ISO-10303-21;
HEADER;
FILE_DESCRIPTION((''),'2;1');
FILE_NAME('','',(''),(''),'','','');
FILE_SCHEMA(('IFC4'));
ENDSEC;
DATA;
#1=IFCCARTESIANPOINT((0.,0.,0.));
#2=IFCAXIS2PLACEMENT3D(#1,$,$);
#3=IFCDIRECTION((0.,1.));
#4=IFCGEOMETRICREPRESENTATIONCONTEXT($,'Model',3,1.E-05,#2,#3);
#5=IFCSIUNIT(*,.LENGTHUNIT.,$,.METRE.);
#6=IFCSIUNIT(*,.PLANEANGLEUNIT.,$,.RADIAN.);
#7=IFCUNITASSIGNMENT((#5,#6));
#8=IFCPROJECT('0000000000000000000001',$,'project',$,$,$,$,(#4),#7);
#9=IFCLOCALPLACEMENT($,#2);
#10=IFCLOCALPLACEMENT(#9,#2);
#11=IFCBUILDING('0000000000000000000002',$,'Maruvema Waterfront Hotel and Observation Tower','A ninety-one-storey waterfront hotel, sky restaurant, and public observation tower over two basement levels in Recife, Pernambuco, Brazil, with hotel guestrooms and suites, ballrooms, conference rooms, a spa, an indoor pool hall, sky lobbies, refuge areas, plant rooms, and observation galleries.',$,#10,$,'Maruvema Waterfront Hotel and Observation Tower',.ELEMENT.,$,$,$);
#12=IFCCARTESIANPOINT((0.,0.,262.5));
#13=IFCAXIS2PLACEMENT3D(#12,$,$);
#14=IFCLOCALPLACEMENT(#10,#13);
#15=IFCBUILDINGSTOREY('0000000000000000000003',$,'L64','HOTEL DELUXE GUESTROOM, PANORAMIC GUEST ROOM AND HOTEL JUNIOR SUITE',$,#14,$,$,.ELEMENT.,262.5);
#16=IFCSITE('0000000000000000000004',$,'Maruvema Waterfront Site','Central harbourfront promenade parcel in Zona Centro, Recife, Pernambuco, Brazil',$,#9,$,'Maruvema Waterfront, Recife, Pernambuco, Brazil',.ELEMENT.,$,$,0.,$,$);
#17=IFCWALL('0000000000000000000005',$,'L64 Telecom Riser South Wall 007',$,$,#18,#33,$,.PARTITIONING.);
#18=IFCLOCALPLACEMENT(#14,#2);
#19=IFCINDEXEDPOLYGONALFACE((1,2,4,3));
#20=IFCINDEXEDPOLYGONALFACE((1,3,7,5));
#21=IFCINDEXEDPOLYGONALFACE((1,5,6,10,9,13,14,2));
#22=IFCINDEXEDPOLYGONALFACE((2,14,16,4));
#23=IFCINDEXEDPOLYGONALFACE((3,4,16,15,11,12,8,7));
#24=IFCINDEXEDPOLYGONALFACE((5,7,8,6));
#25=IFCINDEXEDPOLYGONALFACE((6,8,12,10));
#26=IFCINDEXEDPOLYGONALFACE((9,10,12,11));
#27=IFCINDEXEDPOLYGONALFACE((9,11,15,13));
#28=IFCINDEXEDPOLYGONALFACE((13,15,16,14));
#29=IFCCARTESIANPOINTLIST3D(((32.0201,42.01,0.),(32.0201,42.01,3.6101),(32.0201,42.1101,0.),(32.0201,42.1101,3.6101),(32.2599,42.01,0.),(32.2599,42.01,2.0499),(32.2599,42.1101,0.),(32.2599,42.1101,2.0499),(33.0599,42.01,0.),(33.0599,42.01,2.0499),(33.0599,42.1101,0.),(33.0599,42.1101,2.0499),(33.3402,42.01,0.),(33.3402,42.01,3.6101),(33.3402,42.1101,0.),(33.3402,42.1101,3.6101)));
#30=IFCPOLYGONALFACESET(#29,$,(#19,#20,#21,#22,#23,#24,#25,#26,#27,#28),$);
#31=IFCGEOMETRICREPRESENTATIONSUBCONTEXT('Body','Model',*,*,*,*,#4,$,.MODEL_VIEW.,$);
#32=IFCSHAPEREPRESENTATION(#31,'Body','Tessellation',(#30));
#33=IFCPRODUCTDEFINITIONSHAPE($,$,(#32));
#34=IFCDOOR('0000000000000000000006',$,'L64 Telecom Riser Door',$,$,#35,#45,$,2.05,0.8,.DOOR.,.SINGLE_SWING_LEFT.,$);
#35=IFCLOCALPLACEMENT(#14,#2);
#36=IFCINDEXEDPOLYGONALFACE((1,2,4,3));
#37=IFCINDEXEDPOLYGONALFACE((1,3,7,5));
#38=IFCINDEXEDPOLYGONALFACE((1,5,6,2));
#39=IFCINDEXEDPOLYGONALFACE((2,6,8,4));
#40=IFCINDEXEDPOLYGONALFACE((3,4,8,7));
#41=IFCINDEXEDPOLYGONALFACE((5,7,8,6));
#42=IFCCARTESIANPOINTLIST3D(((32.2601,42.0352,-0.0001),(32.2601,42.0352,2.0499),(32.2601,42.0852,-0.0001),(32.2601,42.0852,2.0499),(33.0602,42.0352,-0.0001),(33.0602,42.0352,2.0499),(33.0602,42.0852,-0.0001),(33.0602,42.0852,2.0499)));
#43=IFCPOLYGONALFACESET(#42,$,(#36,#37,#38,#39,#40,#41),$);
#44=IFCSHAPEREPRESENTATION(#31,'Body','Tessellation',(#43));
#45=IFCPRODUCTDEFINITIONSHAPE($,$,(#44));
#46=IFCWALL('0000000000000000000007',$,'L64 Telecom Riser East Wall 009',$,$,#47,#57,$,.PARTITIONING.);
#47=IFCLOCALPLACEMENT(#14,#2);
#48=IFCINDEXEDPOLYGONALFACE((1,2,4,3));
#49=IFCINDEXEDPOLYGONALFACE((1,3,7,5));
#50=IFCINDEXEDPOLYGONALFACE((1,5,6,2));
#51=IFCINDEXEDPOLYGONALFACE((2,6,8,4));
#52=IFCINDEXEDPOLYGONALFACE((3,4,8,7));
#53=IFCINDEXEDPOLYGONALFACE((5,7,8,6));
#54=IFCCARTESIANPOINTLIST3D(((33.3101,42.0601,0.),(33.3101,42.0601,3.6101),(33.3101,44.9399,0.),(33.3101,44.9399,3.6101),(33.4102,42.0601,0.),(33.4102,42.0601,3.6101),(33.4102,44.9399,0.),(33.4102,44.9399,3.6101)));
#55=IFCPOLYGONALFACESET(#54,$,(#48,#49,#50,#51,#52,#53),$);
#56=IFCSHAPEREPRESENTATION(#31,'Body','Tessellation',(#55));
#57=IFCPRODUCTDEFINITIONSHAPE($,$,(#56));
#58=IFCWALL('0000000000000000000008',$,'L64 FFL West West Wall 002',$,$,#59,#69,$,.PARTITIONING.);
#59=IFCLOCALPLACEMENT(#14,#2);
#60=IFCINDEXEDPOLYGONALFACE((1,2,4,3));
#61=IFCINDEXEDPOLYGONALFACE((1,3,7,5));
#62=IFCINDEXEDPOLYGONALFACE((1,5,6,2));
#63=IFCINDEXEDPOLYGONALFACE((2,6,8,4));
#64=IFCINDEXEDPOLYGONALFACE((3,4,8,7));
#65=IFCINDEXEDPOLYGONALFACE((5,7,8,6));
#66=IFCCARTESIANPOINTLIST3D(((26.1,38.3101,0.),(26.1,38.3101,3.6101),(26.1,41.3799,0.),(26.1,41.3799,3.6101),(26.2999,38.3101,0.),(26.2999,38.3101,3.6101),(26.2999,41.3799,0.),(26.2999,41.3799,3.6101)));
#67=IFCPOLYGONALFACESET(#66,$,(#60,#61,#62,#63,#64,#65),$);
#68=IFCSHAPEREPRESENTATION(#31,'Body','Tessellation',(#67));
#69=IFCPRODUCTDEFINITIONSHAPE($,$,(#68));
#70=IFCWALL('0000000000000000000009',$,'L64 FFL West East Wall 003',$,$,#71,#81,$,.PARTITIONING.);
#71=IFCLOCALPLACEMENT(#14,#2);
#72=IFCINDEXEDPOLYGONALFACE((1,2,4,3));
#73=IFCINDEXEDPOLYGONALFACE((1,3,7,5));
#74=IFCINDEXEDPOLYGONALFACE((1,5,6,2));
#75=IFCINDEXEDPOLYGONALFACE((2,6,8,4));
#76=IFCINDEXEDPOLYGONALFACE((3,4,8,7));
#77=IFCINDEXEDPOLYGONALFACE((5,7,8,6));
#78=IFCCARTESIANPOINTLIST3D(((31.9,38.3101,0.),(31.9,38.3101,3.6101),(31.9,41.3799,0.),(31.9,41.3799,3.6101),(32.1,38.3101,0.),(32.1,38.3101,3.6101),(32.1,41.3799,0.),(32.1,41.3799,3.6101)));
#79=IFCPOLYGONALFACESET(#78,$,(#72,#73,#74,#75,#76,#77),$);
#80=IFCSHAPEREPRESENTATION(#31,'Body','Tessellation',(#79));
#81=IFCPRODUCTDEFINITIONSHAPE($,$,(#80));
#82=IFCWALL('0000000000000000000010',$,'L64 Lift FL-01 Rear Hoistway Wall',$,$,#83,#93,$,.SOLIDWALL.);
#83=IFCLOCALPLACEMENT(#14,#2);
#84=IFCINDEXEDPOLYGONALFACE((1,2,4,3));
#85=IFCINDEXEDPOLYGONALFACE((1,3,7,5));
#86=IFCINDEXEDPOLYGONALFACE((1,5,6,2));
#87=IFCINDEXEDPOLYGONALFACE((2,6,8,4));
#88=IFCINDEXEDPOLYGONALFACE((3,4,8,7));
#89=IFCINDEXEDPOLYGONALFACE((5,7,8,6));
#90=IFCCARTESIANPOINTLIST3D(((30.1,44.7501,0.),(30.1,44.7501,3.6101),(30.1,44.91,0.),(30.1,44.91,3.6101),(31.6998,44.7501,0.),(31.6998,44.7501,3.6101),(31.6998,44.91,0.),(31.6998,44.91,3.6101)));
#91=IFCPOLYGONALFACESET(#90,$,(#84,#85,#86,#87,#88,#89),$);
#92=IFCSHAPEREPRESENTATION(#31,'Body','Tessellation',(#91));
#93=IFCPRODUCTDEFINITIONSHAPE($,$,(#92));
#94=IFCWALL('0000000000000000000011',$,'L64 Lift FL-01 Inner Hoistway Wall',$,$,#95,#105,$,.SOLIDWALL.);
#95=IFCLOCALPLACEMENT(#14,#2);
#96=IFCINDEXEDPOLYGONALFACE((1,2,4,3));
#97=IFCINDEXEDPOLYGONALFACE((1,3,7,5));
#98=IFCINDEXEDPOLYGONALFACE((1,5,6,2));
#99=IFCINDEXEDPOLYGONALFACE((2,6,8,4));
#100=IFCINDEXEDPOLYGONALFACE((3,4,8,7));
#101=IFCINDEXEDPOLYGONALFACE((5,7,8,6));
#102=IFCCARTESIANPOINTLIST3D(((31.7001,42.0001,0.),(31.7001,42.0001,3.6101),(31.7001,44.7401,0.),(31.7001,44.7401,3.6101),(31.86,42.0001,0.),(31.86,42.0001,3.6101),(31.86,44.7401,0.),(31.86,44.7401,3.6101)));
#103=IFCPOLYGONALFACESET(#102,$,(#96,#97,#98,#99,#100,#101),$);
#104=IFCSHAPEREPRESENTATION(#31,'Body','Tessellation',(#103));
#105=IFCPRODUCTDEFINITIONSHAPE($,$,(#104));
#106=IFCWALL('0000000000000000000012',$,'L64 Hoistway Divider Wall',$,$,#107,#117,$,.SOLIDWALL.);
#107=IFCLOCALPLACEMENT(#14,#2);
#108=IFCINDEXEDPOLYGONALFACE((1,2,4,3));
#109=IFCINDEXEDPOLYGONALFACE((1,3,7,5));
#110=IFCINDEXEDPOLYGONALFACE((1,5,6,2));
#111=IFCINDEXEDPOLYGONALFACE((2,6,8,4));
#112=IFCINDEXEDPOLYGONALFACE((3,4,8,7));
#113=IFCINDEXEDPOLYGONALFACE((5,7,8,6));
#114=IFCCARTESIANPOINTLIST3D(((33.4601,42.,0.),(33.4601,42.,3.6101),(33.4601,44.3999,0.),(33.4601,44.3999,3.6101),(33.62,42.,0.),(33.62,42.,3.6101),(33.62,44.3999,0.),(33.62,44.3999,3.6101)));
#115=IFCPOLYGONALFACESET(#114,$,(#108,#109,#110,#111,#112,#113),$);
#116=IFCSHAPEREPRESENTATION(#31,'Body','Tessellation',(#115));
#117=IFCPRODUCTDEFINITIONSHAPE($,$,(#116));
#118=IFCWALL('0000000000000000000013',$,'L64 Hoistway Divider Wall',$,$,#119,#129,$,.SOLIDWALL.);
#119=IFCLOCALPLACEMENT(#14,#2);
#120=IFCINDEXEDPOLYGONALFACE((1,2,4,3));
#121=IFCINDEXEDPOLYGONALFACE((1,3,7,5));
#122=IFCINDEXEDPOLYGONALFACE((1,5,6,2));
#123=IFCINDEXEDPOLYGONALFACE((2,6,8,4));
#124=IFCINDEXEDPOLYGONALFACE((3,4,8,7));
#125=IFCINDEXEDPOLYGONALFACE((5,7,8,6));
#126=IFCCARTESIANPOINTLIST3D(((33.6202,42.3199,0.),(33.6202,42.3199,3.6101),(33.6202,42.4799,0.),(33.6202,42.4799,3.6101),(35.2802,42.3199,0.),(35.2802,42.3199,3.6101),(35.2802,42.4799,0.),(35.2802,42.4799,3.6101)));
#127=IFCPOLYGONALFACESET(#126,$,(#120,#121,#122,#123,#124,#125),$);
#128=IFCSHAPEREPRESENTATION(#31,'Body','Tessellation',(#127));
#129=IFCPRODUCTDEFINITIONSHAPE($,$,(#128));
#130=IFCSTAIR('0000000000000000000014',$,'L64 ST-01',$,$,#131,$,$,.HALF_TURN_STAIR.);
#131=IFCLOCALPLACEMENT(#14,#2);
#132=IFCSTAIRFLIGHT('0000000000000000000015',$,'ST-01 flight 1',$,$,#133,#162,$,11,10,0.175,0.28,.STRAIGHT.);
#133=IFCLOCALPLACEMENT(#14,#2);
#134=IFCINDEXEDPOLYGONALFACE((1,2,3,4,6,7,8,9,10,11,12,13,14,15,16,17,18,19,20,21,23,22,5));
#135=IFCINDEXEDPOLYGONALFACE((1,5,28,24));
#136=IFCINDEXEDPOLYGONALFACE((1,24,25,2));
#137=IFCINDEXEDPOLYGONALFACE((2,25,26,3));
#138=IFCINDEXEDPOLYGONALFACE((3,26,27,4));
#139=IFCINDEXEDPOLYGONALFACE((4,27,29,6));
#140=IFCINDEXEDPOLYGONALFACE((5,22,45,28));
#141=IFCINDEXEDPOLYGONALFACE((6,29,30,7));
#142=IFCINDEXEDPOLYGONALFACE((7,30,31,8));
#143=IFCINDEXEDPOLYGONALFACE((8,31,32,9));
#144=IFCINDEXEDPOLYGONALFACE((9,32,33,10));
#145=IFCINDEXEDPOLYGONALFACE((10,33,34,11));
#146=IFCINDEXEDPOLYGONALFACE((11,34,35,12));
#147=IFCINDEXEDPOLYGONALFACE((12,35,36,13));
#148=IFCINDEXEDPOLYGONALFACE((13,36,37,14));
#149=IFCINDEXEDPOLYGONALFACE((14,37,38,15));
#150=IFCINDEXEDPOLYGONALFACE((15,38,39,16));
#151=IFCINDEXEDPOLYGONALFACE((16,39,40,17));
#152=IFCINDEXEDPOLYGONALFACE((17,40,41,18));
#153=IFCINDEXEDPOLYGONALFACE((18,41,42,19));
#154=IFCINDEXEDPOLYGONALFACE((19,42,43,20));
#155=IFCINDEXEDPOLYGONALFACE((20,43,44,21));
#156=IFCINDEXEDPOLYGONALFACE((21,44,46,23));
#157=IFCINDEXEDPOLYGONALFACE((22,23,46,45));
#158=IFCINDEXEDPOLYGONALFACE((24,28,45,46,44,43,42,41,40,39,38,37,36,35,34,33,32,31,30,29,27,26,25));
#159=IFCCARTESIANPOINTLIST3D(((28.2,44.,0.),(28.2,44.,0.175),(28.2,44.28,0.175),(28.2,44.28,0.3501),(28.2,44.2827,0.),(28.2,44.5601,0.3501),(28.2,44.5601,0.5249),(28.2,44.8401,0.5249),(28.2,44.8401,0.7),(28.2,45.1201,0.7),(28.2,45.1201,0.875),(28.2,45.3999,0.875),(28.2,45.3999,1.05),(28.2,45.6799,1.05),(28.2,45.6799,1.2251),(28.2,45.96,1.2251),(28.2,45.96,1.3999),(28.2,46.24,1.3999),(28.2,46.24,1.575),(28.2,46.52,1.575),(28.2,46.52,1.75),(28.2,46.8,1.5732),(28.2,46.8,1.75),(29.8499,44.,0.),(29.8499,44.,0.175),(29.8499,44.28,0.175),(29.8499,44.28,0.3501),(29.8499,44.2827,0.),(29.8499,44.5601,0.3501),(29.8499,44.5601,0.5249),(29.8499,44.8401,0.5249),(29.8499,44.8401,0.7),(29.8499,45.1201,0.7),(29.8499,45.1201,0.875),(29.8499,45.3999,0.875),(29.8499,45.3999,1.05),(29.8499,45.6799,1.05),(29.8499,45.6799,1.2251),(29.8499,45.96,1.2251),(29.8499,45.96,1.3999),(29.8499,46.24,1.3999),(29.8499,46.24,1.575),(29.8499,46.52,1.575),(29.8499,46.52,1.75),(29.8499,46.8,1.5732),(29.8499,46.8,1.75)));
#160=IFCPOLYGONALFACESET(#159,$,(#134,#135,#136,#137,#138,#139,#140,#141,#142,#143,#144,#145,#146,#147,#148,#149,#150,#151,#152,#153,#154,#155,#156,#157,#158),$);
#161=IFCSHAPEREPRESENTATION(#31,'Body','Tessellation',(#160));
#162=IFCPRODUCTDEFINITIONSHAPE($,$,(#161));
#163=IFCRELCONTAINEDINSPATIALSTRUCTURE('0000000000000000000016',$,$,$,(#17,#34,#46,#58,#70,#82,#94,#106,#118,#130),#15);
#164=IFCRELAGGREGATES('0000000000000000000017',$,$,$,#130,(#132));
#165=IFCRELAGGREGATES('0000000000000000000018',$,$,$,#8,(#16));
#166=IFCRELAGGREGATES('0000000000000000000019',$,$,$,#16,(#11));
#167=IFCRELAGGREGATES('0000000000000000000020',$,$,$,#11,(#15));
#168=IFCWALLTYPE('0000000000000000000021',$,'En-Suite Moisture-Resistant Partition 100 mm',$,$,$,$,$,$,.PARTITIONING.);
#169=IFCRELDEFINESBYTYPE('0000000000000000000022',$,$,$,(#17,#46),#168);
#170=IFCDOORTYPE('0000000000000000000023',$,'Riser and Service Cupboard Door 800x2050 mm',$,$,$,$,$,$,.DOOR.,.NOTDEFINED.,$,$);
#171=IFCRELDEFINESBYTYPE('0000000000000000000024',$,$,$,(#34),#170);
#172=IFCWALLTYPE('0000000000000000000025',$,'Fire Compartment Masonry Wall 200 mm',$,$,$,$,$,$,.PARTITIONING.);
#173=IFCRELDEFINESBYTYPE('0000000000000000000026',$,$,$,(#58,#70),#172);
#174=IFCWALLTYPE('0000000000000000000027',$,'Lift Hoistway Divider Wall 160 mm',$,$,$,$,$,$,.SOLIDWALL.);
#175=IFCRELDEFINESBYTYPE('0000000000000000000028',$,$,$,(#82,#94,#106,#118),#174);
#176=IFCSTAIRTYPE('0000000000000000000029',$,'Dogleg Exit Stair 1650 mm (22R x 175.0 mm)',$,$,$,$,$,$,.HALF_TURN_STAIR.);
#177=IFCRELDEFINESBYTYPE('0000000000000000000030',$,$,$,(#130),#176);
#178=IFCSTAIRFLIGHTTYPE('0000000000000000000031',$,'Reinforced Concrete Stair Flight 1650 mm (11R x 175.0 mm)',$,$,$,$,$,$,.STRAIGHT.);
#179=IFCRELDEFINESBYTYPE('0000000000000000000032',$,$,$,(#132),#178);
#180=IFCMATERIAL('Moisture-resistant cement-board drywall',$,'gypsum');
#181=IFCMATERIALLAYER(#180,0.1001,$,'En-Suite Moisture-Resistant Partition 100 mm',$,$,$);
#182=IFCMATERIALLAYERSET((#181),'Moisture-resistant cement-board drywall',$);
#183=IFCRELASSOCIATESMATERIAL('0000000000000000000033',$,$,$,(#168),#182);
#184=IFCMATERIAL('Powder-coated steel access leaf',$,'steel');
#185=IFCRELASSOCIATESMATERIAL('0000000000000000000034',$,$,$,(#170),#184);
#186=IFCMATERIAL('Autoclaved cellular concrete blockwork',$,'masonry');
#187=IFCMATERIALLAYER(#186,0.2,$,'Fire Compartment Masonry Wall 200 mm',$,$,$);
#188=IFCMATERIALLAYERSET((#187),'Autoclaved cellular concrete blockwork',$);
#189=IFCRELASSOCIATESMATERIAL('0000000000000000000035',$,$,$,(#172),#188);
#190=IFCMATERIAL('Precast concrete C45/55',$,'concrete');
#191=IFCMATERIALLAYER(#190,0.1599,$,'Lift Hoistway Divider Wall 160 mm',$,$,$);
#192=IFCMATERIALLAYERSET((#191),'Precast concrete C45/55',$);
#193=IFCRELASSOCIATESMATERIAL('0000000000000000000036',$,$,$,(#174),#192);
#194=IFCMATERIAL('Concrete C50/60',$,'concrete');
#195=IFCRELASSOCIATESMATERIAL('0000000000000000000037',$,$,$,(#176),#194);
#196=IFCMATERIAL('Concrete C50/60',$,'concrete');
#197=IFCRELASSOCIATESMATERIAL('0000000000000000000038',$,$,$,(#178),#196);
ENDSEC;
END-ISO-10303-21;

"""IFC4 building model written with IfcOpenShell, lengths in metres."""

from ifc_helpers import new_model, si_unit, direction, frame, frame_2d, origin, place, context, subcontext, project, spatial, polyline, rectangle, outline, extrude, material, layer, layer_set, type_object, element, fill, aggregate, save


model = new_model("IFC4")

# Units and contexts
model_context = context("Model", 3, precision=1e-05, world=origin(), true_north=direction((0.0, 1.0)))
body_context = subcontext(model_context, "Body", "Model", "MODEL_VIEW")
ifc_project = project(units=[si_unit("LENGTHUNIT", "METRE"), si_unit("PLANEANGLEUNIT", "RADIAN")], contexts=[model_context])

# Site, building, storey
site_placement = place(None, origin())
site = spatial("IfcSite", under=ifc_project, at=site_placement, Name="Maruvema Waterfront Site", Description="Central harbourfront promenade parcel in Zona Centro, Recife, Pernambuco, Brazil", LongName="Maruvema Waterfront, Recife, Pernambuco, Brazil", CompositionType="ELEMENT", RefElevation=0.0)
building_placement = place(site_placement, origin())
building = spatial("IfcBuilding", under=site, at=building_placement, Name="Maruvema Waterfront Hotel and Observation Tower", Description="A ninety-one-storey waterfront hotel, sky restaurant, and public observation tower over two basement levels in Recife, Pernambuco, Brazil, with hotel guestrooms and suites, ballrooms, conference rooms, a spa, an indoor pool hall, sky lobbies, refuge areas, plant rooms, and observation galleries.", LongName="Maruvema Waterfront Hotel and Observation Tower", CompositionType="ELEMENT")
storey_placement = place(building_placement, frame((0.0, 0.0, 262.5)))
storey = spatial("IfcBuildingStorey", under=building, at=storey_placement, Name="L64", Description="HOTEL DELUXE GUESTROOM, PANORAMIC GUEST ROOM AND HOTEL JUNIOR SUITE", CompositionType="ELEMENT", Elevation=262.5)

# Wall, opening, door
ifc_material_1 = material(Name="Moisture-resistant cement-board drywall", Category="gypsum")
ifc_layer_1 = layer(ifc_material_1, 0.1001, Name="En-Suite Moisture-Resistant Partition 100 mm")
ifc_layer_set_1 = layer_set([ifc_layer_1], Name="Moisture-resistant cement-board drywall")
wall_type_1 = type_object("IfcWallType", Name="En-Suite Moisture-Resistant Partition 100 mm", PredefinedType="PARTITIONING", material=ifc_layer_set_1)
wall_1_placement = place(storey_placement, frame((32.02, 42.0601, 0.0), z_axis=(0.0, 0.0, 1.0), x_axis=(1.0, 0.0, 0.0)))
wall_1 = element("IfcWall", 1, at=wall_1_placement, inside=storey, type_object=wall_type_1, Name="L64 Telecom Riser South Wall 007", PredefinedType="PARTITIONING", context=body_context, shape_type="SweptSolid", body=[
    extrude(rectangle(XDim=1.3201, YDim=0.1001, at=frame_2d((0.6602, 0.0))), origin(), (0.0, 0.0, 1.0), 3.6101),
])
opening_1_placement = place(wall_1_placement, frame((0.24, 0.0, 0.0)))
opening_1 = element("IfcOpeningElement", 2, at=opening_1_placement, cuts=wall_1, PredefinedType="OPENING", context=body_context, shape_type="SweptSolid", body=[
    extrude(rectangle(XDim=0.8, YDim=2.05, at=frame_2d((0.3999, 1.0249))), frame((0.0, 0.0601, 0.0), z_axis=(0.0, -1.0, 0.0), x_axis=(1.0, 0.0, 0.0)), (0.0, 0.0, 1.0), 0.1201),
])
ifc_material_2 = material(Name="Powder-coated steel access leaf", Category="steel")
door_type_1 = type_object("IfcDoorType", Name="Riser and Service Cupboard Door 800x2050 mm", OperationType="NOTDEFINED", PredefinedType="DOOR", material=ifc_material_2)
door_1_placement = place(opening_1_placement, frame((0.8, 0.0, 0.0), z_axis=(0.0, 0.0, 1.0), x_axis=(-1.0, 0.0, 0.0)))
door_1 = element("IfcDoor", 3, at=door_1_placement, inside=storey, type_object=door_type_1, Name="L64 Telecom Riser Door", OperationType="SINGLE_SWING_LEFT", OverallHeight=2.05, OverallWidth=0.8, PredefinedType="DOOR", context=body_context, shape_type="SweptSolid", body=[
    extrude(rectangle(XDim=0.8, YDim=2.05, at=frame_2d((0.3999, 1.0249))), frame((0.0, 0.0249, 0.0), z_axis=(0.0, -1.0, 0.0), x_axis=(1.0, 0.0, 0.0)), (0.0, 0.0, 1.0), 0.05),
])
fill(opening_1, door_1)

# Wall
wall_2_placement = place(storey_placement, frame((33.3601, 42.0601, 0.0), z_axis=(0.0, 0.0, 1.0), x_axis=(0.0, 1.0, 0.0)))
element("IfcWall", 4, at=wall_2_placement, inside=storey, type_object=wall_type_1, Name="L64 Telecom Riser East Wall 009", PredefinedType="PARTITIONING", context=body_context, shape_type="SweptSolid", body=[
    extrude(rectangle(XDim=2.8799, YDim=0.1001, at=frame_2d((1.4399, 0.0))), origin(), (0.0, 0.0, 1.0), 3.6101),
])

# Shared definitions
ifc_material_3 = material(Name="Autoclaved cellular concrete blockwork", Category="masonry")
ifc_layer_2 = layer(ifc_material_3, 0.2, Name="Fire Compartment Masonry Wall 200 mm")
ifc_layer_set_2 = layer_set([ifc_layer_2], Name="Autoclaved cellular concrete blockwork")
wall_type_2 = type_object("IfcWallType", Name="Fire Compartment Masonry Wall 200 mm", PredefinedType="PARTITIONING", material=ifc_layer_set_2)

# Walls
for number, where, z_axis, x_axis, name in (
    (5, (26.2, 38.3101, 0.0), (0.0, 0.0, 1.0), (0.0, 1.0, 0.0), "L64 FFL West West Wall 002"),
    (6, (32.0, 38.3101, 0.0), (0.0, 0.0, 1.0), (0.0, 1.0, 0.0), "L64 FFL West East Wall 003"),
):
    element("IfcWall", number, at=place(storey_placement, frame(where, z_axis=z_axis, x_axis=x_axis)), inside=storey, type_object=wall_type_2, Name=name, PredefinedType="PARTITIONING", context=body_context, shape_type="SweptSolid", body=[
        extrude(rectangle(XDim=3.0698, YDim=0.2, at=frame_2d((1.5349, 0.0))), origin(), (0.0, 0.0, 1.0), 3.6101),
    ])
ifc_material_4 = material(Name="Precast concrete C45/55", Category="concrete")
ifc_layer_3 = layer(ifc_material_4, 0.1599, Name="Lift Hoistway Divider Wall 160 mm")
ifc_layer_set_3 = layer_set([ifc_layer_3], Name="Precast concrete C45/55")
wall_type_3 = type_object("IfcWallType", Name="Lift Hoistway Divider Wall 160 mm", PredefinedType="SOLIDWALL", material=ifc_layer_set_3)
wall_3_placement = place(storey_placement, frame((30.1001, 44.8301, 0.0), z_axis=(0.0, 0.0, 1.0), x_axis=(1.0, 0.0, 0.0)))
element("IfcWall", 7, at=wall_3_placement, inside=storey, type_object=wall_type_3, Name="L64 Lift FL-01 Rear Hoistway Wall", PredefinedType="SOLIDWALL", context=body_context, shape_type="SweptSolid", body=[
    extrude(rectangle(XDim=1.5999, YDim=0.1599, at=frame_2d((0.7998, 0.0))), origin(), (0.0, 0.0, 1.0), 3.6101),
])
wall_4_placement = place(storey_placement, frame((31.78, 42.0, 0.0), z_axis=(0.0, 0.0, 1.0), x_axis=(0.0, 1.0, 0.0)))
element("IfcWall", 8, at=wall_4_placement, inside=storey, type_object=wall_type_3, Name="L64 Lift FL-01 Inner Hoistway Wall", PredefinedType="SOLIDWALL", context=body_context, shape_type="SweptSolid", body=[
    extrude(rectangle(XDim=2.74, YDim=0.1599, at=frame_2d((1.3701, 0.0))), origin(), (0.0, 0.0, 1.0), 3.6101),
])
wall_5_placement = place(storey_placement, frame((33.54, 42.0, 0.0), z_axis=(0.0, 0.0, 1.0), x_axis=(0.0, 1.0, 0.0)))
element("IfcWall", 9, at=wall_5_placement, inside=storey, type_object=wall_type_3, Name="L64 Hoistway Divider Wall", PredefinedType="SOLIDWALL", context=body_context, shape_type="SweptSolid", body=[
    extrude(rectangle(XDim=2.3999, YDim=0.1599, at=frame_2d((1.2, 0.0))), origin(), (0.0, 0.0, 1.0), 3.6101),
])
wall_6_placement = place(storey_placement, frame((33.6201, 42.3999, 0.0), z_axis=(0.0, 0.0, 1.0), x_axis=(1.0, 0.0, 0.0)))
element("IfcWall", 10, at=wall_6_placement, inside=storey, type_object=wall_type_3, Name="L64 Hoistway Divider Wall", PredefinedType="SOLIDWALL", context=body_context, shape_type="SweptSolid", body=[
    extrude(rectangle(XDim=1.6599, YDim=0.1599, at=frame_2d((0.8301, 0.0))), origin(), (0.0, 0.0, 1.0), 3.6101),
])

# Stair, stair flight
ifc_material_5 = material(Name="Concrete C50/60", Category="concrete")
stair_type = type_object("IfcStairType", Name="Dogleg Exit Stair 1650 mm (22R x 175.0 mm)", PredefinedType="HALF_TURN_STAIR", material=ifc_material_5)
stair_placement = place(storey_placement, origin())
stair = element("IfcStair", 11, at=stair_placement, inside=storey, type_object=stair_type, Name="L64 ST-01", PredefinedType="HALF_TURN_STAIR")
ifc_material_6 = material(Name="Concrete C50/60", Category="concrete")
stair_flight_type = type_object("IfcStairFlightType", Name="Reinforced Concrete Stair Flight 1650 mm (11R x 175.0 mm)", PredefinedType="STRAIGHT", material=ifc_material_6)
stair_flight_placement = place(storey_placement, frame((29.0249, 44.0, 0.0), z_axis=(0.0, 0.0, 1.0), x_axis=(0.0, 1.0, 0.0)))
stair_flight = element("IfcStairFlight", 12, at=stair_flight_placement, type_object=stair_flight_type, Name="ST-01 flight 1", NumberOfRisers=11, NumberOfTreads=10, PredefinedType="STRAIGHT", RiserHeight=0.175, TreadLength=0.28, context=body_context, shape_type="SweptSolid", body=[
    extrude(outline(polyline([(0.0, 0.0), (0.0, 0.175), (0.28, 0.175), (0.28, 0.3501), (0.5601, 0.3501), (0.5601, 0.5249), (0.8401, 0.5249), (0.8401, 0.7), (1.1201, 0.7), (1.1201, 0.875), (1.3999, 0.875), (1.3999, 1.05), (1.6799, 1.05), (1.6799, 1.2251), (1.96, 1.2251), (1.96, 1.3999), (2.24, 1.3999), (2.24, 1.575), (2.52, 1.575), (2.52, 1.75), (2.8, 1.75), (2.8, 1.925), (2.8, 1.5732), (0.2827, 0.0), (0.0, 0.0)])), frame((0.0, 0.825, 0.0), z_axis=(0.0, -1.0, 0.0), x_axis=(1.0, 0.0, 0.0)), (0.0, 0.0, 1.0), 1.6499),
])
aggregate(stair, [stair_flight])

save(model, "model.ifc")
